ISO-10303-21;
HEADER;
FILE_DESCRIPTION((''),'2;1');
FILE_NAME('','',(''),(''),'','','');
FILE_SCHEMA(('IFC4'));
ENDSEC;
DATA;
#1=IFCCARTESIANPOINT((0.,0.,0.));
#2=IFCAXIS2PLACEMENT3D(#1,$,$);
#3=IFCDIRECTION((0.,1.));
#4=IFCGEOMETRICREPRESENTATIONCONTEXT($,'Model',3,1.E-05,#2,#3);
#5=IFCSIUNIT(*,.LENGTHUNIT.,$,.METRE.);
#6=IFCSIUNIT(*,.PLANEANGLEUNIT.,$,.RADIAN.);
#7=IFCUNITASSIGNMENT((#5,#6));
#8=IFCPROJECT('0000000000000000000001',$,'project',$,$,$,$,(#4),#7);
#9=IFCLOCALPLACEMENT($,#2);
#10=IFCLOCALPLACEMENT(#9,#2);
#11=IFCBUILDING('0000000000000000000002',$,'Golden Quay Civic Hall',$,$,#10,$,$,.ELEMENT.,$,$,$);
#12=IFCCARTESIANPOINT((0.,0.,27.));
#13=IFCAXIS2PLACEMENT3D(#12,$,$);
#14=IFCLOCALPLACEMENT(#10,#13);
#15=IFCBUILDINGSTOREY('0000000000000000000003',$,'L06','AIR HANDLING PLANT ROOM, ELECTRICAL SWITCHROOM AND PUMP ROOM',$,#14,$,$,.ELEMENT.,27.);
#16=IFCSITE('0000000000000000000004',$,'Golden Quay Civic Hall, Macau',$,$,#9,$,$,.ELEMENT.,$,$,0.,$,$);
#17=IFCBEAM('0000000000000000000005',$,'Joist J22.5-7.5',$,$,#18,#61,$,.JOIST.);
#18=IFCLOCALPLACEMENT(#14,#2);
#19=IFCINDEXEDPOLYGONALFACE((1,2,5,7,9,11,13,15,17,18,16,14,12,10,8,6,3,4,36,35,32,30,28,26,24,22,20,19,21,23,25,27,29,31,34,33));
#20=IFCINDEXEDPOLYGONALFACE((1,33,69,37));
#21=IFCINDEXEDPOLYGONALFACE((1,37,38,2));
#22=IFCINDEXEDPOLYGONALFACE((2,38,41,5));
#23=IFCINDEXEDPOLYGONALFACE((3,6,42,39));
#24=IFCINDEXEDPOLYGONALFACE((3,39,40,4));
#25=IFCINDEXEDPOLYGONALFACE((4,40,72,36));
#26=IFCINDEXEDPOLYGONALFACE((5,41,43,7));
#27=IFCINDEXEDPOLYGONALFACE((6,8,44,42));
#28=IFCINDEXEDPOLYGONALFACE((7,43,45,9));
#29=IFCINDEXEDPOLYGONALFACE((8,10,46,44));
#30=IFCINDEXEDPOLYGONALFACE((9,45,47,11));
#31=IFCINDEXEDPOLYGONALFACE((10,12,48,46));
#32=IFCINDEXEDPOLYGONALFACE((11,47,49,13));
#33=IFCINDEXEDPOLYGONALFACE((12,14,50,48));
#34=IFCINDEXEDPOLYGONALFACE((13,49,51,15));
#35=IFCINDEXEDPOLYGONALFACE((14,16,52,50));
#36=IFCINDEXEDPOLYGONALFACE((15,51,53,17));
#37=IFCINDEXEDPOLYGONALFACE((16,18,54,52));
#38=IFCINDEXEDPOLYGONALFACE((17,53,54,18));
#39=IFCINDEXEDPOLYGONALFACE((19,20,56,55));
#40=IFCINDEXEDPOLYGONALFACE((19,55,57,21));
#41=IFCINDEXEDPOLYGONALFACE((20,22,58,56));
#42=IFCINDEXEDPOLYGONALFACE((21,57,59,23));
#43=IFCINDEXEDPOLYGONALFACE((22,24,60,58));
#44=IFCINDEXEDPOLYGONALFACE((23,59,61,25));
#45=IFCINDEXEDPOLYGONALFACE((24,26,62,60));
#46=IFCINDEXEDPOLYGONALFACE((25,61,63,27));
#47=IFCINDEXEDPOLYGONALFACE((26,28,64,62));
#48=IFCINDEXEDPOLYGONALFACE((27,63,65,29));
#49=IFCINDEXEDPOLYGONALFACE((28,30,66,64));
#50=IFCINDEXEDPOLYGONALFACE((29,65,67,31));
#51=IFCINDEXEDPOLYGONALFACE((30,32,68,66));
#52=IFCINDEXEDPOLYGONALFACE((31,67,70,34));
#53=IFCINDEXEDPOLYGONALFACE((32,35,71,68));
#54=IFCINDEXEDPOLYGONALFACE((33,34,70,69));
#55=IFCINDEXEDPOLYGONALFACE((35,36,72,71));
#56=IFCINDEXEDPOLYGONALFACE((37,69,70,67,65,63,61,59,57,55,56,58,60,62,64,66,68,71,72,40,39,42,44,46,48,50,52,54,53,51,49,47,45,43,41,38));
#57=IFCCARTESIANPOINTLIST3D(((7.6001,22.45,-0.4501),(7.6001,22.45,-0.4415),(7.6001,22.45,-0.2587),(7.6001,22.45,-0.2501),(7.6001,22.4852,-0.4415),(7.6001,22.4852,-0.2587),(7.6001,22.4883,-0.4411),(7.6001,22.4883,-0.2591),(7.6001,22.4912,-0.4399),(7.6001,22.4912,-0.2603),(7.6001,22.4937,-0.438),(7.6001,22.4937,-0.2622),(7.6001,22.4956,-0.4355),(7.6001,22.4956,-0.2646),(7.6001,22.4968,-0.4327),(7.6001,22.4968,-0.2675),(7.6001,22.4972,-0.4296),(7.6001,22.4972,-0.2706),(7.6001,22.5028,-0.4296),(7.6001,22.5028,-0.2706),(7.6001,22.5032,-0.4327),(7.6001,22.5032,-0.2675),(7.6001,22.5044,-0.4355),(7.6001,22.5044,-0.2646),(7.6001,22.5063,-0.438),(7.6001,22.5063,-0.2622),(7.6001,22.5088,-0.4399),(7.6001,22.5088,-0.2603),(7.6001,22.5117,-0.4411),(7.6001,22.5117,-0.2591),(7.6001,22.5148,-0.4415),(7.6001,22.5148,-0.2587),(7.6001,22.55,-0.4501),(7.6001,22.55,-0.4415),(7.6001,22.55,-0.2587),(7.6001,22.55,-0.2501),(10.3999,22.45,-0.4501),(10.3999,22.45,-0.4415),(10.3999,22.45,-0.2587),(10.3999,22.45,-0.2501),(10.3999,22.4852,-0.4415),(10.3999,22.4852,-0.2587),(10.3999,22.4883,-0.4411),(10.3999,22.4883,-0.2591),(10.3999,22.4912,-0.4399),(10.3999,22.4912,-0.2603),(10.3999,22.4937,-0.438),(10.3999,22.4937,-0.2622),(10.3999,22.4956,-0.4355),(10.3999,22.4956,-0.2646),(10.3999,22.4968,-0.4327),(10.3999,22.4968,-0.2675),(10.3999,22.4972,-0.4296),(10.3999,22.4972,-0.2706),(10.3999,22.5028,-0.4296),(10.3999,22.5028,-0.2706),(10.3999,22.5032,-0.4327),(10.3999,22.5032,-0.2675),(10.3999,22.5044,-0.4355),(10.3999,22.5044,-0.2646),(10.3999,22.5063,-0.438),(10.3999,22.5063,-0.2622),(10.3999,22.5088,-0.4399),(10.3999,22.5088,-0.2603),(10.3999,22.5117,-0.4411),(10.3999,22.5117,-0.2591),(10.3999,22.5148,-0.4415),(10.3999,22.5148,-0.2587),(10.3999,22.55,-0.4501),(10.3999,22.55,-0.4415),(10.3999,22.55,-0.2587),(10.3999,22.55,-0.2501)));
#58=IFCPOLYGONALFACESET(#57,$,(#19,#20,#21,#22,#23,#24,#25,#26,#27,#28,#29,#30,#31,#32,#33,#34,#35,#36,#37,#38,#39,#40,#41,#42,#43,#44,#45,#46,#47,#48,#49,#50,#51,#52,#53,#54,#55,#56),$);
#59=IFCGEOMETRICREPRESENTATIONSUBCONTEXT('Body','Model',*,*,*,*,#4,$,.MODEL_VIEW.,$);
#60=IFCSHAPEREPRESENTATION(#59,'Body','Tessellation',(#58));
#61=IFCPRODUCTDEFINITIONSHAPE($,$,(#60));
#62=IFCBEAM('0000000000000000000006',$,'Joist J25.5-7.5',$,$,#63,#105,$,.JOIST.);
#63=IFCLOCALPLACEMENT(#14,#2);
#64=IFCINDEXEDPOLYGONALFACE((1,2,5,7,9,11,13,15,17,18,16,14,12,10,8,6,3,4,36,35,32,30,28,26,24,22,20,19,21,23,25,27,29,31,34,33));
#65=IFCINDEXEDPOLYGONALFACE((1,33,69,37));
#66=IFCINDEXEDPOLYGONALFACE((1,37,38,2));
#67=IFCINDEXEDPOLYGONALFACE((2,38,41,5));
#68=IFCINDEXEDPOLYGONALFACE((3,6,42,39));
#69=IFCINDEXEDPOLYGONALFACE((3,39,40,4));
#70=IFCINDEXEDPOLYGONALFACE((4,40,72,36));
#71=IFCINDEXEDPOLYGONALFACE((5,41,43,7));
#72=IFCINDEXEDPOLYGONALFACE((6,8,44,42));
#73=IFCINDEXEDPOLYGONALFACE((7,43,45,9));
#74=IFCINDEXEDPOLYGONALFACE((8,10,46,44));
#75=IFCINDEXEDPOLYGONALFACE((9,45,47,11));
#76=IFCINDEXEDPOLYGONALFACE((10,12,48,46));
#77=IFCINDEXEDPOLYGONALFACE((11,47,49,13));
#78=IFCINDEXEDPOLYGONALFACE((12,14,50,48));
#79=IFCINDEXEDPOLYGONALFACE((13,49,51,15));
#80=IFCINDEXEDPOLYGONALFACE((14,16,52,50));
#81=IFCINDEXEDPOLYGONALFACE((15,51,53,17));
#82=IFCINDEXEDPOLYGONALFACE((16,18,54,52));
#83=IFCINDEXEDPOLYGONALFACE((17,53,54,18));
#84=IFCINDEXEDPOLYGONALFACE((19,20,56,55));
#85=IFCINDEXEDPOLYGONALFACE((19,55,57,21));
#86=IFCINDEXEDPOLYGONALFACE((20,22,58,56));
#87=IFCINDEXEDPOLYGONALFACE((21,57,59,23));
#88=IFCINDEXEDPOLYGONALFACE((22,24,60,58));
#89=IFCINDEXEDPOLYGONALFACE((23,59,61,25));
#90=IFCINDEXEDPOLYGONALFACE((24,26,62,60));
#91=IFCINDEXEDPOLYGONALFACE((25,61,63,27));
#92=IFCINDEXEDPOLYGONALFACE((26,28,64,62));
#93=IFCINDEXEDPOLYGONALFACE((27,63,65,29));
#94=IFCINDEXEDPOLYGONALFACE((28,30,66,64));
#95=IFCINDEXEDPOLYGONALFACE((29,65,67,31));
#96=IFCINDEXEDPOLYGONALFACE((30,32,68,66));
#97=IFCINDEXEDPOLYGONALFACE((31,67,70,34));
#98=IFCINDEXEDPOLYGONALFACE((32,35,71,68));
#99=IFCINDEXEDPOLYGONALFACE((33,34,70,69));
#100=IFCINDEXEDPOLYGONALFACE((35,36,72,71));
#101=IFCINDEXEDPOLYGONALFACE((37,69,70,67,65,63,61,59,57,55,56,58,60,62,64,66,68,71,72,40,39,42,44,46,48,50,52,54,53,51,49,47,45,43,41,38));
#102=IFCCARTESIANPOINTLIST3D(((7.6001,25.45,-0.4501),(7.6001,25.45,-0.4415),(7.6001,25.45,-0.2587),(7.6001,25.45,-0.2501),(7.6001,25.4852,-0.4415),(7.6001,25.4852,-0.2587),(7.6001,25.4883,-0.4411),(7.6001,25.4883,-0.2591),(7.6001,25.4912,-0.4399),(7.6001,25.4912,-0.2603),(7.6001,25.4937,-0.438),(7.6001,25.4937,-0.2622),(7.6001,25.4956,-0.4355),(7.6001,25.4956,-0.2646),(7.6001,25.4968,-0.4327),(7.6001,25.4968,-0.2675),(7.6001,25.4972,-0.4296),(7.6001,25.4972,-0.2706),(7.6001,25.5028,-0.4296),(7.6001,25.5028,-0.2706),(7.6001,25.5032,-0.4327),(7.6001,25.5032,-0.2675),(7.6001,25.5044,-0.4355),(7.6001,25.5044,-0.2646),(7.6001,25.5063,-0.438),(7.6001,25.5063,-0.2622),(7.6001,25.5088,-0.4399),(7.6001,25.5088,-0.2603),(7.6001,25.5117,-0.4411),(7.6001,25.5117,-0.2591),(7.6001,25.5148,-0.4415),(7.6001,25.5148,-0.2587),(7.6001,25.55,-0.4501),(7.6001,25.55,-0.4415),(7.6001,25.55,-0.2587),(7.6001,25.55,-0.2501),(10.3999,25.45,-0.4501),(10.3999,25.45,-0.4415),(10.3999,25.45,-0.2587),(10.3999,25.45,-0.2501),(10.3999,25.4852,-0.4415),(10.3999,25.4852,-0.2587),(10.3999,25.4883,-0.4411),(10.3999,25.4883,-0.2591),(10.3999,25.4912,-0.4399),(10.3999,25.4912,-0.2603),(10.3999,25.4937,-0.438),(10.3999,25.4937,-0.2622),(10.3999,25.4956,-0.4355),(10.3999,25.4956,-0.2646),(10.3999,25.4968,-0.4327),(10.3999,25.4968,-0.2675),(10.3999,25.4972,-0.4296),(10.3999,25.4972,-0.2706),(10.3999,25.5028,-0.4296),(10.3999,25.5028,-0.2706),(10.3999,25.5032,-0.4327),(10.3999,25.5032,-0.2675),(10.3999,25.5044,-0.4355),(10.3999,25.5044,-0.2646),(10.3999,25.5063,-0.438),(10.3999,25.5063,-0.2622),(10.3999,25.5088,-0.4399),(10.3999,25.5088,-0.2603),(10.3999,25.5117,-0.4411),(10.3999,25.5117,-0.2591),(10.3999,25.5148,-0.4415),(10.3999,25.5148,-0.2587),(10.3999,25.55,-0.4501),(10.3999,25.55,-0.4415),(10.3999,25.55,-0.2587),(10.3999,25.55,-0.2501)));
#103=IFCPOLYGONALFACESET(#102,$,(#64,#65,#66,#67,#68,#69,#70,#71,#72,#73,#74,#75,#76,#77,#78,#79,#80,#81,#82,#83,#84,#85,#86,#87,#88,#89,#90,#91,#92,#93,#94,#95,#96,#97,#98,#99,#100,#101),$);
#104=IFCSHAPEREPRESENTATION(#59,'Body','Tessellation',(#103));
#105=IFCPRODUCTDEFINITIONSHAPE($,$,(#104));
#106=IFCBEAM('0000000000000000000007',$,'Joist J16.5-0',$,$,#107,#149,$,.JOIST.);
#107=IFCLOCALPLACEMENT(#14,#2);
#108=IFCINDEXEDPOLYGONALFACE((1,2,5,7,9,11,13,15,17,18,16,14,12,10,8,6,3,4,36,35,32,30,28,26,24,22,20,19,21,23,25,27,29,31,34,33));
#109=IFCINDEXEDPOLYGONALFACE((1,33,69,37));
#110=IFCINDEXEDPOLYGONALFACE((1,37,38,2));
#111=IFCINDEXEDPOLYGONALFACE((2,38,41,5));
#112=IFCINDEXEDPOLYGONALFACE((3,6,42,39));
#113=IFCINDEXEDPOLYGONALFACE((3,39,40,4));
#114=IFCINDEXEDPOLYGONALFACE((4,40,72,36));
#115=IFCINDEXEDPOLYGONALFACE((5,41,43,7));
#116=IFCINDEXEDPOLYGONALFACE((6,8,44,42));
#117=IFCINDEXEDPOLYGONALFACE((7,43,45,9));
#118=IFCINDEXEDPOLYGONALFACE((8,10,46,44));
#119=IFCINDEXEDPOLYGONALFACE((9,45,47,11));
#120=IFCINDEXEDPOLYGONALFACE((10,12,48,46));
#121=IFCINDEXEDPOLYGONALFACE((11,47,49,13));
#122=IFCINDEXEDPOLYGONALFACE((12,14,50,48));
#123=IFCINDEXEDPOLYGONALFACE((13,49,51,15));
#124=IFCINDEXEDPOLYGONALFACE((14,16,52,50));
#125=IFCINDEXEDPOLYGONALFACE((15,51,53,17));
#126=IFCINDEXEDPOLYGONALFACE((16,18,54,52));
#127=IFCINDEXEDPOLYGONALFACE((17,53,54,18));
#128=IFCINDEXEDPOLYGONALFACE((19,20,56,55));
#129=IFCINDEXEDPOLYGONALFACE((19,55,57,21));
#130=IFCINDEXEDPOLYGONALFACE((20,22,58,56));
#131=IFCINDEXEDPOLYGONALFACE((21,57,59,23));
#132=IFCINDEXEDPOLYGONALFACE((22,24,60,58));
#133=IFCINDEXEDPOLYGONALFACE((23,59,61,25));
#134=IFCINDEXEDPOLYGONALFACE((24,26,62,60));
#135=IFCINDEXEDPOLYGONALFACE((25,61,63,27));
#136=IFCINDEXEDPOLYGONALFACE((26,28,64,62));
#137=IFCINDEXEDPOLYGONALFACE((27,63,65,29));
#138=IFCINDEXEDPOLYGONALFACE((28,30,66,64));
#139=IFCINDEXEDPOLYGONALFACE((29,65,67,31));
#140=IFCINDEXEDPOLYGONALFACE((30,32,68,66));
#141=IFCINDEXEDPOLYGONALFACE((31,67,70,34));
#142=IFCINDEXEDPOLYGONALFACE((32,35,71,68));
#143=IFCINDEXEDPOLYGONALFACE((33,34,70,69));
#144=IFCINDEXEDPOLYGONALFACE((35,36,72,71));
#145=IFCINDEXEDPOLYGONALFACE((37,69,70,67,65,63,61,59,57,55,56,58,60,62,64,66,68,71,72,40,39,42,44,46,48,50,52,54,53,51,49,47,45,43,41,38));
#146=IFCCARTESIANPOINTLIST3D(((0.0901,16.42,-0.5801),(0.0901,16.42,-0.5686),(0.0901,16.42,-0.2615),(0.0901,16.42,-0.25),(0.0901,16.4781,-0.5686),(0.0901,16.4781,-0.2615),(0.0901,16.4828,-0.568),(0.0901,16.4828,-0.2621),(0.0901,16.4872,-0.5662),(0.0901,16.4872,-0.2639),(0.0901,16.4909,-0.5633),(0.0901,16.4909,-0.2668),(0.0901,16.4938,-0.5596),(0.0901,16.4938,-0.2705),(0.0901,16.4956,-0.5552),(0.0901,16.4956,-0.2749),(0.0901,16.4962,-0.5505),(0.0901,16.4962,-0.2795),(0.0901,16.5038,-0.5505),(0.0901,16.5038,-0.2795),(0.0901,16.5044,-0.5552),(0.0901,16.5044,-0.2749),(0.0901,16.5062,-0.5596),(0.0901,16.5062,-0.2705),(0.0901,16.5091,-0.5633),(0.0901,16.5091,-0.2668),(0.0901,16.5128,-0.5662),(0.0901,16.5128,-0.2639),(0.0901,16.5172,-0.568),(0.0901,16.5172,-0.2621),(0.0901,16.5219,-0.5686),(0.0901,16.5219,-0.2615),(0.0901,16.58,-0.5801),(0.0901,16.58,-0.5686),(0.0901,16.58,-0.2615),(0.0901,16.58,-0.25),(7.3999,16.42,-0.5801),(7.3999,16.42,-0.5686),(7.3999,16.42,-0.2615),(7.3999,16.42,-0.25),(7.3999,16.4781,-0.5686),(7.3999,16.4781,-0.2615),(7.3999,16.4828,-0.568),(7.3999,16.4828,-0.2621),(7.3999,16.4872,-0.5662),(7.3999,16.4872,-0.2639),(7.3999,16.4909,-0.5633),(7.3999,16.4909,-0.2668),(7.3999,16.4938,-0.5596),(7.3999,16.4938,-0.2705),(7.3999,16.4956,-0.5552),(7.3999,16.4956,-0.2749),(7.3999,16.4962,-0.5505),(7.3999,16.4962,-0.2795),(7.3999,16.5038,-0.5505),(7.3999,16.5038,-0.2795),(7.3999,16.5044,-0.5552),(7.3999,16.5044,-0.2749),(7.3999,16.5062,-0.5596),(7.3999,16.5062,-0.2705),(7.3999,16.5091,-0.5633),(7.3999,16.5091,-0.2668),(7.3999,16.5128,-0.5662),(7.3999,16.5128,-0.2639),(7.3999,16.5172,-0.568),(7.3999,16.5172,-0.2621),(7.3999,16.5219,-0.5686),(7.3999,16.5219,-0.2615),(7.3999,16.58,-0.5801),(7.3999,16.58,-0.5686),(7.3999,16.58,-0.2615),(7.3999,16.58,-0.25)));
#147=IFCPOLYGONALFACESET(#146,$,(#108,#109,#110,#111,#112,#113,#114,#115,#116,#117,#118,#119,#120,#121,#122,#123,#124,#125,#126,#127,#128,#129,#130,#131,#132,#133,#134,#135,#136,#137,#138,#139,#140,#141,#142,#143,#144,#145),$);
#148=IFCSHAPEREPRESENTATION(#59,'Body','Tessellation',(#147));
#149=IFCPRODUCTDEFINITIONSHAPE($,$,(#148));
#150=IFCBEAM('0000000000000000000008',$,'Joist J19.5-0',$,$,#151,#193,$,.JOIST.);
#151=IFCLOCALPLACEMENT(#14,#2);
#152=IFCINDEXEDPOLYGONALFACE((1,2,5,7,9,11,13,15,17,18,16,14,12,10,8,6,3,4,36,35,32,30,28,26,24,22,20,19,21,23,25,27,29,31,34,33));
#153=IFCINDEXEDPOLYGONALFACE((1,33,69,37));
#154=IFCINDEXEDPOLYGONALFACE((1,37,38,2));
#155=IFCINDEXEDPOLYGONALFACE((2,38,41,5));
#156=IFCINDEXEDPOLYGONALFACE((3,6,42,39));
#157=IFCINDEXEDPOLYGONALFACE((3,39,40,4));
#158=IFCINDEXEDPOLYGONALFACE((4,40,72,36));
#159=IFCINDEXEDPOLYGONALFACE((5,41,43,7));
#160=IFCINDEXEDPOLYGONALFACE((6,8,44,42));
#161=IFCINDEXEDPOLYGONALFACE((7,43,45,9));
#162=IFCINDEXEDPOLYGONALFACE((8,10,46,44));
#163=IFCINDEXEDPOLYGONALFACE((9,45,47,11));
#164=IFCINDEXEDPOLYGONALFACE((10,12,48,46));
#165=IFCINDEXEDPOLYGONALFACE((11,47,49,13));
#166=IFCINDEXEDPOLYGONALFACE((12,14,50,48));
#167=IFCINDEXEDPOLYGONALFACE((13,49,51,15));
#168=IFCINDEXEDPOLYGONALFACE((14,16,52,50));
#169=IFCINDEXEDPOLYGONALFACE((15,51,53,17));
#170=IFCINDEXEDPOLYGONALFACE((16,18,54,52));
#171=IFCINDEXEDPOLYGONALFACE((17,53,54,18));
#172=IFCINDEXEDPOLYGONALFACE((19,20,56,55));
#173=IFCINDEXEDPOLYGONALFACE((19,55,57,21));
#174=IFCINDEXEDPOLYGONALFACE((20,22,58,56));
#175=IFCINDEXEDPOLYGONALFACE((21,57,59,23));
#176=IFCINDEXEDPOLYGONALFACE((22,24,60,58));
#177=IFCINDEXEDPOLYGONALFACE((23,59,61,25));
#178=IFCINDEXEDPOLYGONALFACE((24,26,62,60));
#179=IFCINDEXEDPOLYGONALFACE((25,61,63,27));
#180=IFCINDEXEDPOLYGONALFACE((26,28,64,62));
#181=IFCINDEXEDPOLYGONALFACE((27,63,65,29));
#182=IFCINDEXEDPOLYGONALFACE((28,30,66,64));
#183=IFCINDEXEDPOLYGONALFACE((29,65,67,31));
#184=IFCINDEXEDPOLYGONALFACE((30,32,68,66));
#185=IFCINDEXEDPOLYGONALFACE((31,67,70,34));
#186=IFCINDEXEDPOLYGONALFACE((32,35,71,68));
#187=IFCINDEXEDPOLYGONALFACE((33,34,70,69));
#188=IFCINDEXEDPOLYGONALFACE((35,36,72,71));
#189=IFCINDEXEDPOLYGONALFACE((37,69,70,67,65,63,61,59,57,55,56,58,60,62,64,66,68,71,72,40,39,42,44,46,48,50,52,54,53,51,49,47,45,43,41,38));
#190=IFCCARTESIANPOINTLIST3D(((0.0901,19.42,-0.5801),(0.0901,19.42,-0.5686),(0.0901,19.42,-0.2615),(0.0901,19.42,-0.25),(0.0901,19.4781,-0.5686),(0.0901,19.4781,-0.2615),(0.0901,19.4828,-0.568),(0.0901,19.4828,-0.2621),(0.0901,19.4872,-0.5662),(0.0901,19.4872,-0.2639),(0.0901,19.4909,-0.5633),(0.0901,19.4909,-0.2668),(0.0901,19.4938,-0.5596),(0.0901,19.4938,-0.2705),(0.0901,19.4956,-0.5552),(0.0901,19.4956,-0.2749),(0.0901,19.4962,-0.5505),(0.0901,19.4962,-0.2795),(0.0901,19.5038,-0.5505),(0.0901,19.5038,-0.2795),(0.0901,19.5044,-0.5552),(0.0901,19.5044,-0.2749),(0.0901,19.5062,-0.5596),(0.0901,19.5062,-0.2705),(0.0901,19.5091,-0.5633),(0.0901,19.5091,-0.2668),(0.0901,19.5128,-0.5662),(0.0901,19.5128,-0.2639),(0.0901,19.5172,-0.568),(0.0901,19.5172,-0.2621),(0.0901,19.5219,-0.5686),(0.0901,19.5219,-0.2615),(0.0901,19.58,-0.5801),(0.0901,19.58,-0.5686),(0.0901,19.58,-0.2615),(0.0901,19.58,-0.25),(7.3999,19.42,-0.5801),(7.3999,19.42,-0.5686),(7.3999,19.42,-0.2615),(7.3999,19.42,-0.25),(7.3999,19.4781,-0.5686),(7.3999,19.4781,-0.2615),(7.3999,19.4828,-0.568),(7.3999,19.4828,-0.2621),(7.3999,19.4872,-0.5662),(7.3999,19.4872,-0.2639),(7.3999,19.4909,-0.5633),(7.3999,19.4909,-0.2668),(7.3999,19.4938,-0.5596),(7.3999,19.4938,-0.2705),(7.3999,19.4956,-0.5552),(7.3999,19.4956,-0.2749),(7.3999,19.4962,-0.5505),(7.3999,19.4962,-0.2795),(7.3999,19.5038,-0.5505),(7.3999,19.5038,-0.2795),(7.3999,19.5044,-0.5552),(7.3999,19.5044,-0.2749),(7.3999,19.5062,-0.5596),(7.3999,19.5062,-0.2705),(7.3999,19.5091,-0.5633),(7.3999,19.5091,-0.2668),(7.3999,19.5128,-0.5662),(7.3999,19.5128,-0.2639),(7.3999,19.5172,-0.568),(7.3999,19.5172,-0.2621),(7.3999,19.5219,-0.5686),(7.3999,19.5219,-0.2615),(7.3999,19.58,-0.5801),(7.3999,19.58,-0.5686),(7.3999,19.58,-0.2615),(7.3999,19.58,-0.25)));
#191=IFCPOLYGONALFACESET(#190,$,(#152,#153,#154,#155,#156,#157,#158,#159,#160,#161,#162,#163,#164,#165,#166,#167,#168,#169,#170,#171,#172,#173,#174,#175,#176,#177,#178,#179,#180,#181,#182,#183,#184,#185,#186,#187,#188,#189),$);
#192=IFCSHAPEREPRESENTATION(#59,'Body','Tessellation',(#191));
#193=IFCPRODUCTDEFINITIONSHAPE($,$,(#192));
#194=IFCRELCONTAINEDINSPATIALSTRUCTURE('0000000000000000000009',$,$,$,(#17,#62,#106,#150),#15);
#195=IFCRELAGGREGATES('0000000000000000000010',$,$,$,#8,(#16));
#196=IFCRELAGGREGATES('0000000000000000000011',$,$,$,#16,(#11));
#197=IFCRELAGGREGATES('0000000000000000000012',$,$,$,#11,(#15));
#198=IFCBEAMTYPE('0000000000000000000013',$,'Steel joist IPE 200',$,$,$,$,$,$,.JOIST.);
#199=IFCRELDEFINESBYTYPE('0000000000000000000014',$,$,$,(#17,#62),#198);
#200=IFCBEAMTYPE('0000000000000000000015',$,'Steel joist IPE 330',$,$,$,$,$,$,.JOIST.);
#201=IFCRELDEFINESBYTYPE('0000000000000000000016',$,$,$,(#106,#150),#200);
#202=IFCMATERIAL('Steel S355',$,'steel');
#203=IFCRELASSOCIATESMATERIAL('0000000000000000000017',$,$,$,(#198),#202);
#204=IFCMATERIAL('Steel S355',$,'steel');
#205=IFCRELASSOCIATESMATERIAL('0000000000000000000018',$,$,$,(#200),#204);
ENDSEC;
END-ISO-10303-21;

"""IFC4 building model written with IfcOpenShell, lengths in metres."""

from ifc_helpers import new_model, si_unit, direction, frame, origin, origin_2d, place, context, subcontext, project, spatial, i_section, extrude, material, material_profile, profile_set, type_object, element, save


model = new_model("IFC4")

# Units and contexts
model_context = context("Model", 3, precision=1e-05, world=origin(), true_north=direction((0.0, 1.0)))
body_context = subcontext(model_context, "Body", "Model", "MODEL_VIEW")
ifc_project = project(units=[si_unit("LENGTHUNIT", "METRE"), si_unit("PLANEANGLEUNIT", "RADIAN")], contexts=[model_context])

# Site, building, storey
site_placement = place(None, origin())
site = spatial("IfcSite", under=ifc_project, at=site_placement, Name="Golden Quay Civic Hall, Macau", CompositionType="ELEMENT", RefElevation=0.0)
building_placement = place(site_placement, origin())
building = spatial("IfcBuilding", under=site, at=building_placement, Name="Golden Quay Civic Hall", CompositionType="ELEMENT")
storey_placement = place(building_placement, frame((0.0, 0.0, 27.0)))
storey = spatial("IfcBuildingStorey", under=building, at=storey_placement, Name="L06", Description="AIR HANDLING PLANT ROOM, ELECTRICAL SWITCHROOM AND PUMP ROOM", CompositionType="ELEMENT", Elevation=27.0)

# Beams
ifc_material_1 = material(Name="Steel S355", Category="steel")
ifc_material_profile_1 = material_profile(ifc_material_1, i_section(OverallWidth=0.1001, OverallDepth=0.2, WebThickness=0.0056, FlangeThickness=0.0085, FilletRadius=0.012, at=origin_2d()), Name="IPE 200")
ifc_profile_set_1 = profile_set([ifc_material_profile_1], Name="Steel S355")
beam_type_1 = type_object("IfcBeamType", Name="Steel joist IPE 200", PredefinedType="JOIST", material=ifc_profile_set_1)
for number, where, z_axis, x_axis, name in (
    (1, (7.6001, 22.5, -0.3501), (1.0, 0.0, 0.0), (0.0, 1.0, 0.0), "Joist J22.5-7.5"),
    (2, (7.6001, 25.5, -0.3501), (1.0, 0.0, 0.0), (0.0, 1.0, 0.0), "Joist J25.5-7.5"),
):
    element("IfcBeam", number, at=place(storey_placement, frame(where, z_axis=z_axis, x_axis=x_axis)), inside=storey, type_object=beam_type_1, Name=name, PredefinedType="JOIST", context=body_context, shape_type="SweptSolid", body=[
        extrude(i_section(OverallWidth=0.1001, OverallDepth=0.2, WebThickness=0.0056, FlangeThickness=0.0085, FilletRadius=0.012, at=origin_2d()), origin(), (0.0, 0.0, 1.0), 2.7998),
    ])
ifc_material_2 = material(Name="Steel S355", Category="steel")
ifc_material_profile_2 = material_profile(ifc_material_2, i_section(OverallWidth=0.1599, OverallDepth=0.3301, WebThickness=0.0076, FlangeThickness=0.0115, FilletRadius=0.0181, at=origin_2d()), Name="IPE 330")
ifc_profile_set_2 = profile_set([ifc_material_profile_2], Name="Steel S355")
beam_type_2 = type_object("IfcBeamType", Name="Steel joist IPE 330", PredefinedType="JOIST", material=ifc_profile_set_2)
for number, where, z_axis, x_axis, name in (
    (3, (0.0901, 16.5, -0.415), (1.0, 0.0, 0.0), (0.0, 1.0, 0.0), "Joist J16.5-0"),
    (4, (0.0901, 19.5, -0.415), (1.0, 0.0, 0.0), (0.0, 1.0, 0.0), "Joist J19.5-0"),
):
    element("IfcBeam", number, at=place(storey_placement, frame(where, z_axis=z_axis, x_axis=x_axis)), inside=storey, type_object=beam_type_2, Name=name, PredefinedType="JOIST", context=body_context, shape_type="SweptSolid", body=[
        extrude(i_section(OverallWidth=0.1599, OverallDepth=0.3301, WebThickness=0.0076, FlangeThickness=0.0115, FilletRadius=0.0181, at=origin_2d()), origin(), (0.0, 0.0, 1.0), 7.3098),
    ])

save(model, "model.ifc")
